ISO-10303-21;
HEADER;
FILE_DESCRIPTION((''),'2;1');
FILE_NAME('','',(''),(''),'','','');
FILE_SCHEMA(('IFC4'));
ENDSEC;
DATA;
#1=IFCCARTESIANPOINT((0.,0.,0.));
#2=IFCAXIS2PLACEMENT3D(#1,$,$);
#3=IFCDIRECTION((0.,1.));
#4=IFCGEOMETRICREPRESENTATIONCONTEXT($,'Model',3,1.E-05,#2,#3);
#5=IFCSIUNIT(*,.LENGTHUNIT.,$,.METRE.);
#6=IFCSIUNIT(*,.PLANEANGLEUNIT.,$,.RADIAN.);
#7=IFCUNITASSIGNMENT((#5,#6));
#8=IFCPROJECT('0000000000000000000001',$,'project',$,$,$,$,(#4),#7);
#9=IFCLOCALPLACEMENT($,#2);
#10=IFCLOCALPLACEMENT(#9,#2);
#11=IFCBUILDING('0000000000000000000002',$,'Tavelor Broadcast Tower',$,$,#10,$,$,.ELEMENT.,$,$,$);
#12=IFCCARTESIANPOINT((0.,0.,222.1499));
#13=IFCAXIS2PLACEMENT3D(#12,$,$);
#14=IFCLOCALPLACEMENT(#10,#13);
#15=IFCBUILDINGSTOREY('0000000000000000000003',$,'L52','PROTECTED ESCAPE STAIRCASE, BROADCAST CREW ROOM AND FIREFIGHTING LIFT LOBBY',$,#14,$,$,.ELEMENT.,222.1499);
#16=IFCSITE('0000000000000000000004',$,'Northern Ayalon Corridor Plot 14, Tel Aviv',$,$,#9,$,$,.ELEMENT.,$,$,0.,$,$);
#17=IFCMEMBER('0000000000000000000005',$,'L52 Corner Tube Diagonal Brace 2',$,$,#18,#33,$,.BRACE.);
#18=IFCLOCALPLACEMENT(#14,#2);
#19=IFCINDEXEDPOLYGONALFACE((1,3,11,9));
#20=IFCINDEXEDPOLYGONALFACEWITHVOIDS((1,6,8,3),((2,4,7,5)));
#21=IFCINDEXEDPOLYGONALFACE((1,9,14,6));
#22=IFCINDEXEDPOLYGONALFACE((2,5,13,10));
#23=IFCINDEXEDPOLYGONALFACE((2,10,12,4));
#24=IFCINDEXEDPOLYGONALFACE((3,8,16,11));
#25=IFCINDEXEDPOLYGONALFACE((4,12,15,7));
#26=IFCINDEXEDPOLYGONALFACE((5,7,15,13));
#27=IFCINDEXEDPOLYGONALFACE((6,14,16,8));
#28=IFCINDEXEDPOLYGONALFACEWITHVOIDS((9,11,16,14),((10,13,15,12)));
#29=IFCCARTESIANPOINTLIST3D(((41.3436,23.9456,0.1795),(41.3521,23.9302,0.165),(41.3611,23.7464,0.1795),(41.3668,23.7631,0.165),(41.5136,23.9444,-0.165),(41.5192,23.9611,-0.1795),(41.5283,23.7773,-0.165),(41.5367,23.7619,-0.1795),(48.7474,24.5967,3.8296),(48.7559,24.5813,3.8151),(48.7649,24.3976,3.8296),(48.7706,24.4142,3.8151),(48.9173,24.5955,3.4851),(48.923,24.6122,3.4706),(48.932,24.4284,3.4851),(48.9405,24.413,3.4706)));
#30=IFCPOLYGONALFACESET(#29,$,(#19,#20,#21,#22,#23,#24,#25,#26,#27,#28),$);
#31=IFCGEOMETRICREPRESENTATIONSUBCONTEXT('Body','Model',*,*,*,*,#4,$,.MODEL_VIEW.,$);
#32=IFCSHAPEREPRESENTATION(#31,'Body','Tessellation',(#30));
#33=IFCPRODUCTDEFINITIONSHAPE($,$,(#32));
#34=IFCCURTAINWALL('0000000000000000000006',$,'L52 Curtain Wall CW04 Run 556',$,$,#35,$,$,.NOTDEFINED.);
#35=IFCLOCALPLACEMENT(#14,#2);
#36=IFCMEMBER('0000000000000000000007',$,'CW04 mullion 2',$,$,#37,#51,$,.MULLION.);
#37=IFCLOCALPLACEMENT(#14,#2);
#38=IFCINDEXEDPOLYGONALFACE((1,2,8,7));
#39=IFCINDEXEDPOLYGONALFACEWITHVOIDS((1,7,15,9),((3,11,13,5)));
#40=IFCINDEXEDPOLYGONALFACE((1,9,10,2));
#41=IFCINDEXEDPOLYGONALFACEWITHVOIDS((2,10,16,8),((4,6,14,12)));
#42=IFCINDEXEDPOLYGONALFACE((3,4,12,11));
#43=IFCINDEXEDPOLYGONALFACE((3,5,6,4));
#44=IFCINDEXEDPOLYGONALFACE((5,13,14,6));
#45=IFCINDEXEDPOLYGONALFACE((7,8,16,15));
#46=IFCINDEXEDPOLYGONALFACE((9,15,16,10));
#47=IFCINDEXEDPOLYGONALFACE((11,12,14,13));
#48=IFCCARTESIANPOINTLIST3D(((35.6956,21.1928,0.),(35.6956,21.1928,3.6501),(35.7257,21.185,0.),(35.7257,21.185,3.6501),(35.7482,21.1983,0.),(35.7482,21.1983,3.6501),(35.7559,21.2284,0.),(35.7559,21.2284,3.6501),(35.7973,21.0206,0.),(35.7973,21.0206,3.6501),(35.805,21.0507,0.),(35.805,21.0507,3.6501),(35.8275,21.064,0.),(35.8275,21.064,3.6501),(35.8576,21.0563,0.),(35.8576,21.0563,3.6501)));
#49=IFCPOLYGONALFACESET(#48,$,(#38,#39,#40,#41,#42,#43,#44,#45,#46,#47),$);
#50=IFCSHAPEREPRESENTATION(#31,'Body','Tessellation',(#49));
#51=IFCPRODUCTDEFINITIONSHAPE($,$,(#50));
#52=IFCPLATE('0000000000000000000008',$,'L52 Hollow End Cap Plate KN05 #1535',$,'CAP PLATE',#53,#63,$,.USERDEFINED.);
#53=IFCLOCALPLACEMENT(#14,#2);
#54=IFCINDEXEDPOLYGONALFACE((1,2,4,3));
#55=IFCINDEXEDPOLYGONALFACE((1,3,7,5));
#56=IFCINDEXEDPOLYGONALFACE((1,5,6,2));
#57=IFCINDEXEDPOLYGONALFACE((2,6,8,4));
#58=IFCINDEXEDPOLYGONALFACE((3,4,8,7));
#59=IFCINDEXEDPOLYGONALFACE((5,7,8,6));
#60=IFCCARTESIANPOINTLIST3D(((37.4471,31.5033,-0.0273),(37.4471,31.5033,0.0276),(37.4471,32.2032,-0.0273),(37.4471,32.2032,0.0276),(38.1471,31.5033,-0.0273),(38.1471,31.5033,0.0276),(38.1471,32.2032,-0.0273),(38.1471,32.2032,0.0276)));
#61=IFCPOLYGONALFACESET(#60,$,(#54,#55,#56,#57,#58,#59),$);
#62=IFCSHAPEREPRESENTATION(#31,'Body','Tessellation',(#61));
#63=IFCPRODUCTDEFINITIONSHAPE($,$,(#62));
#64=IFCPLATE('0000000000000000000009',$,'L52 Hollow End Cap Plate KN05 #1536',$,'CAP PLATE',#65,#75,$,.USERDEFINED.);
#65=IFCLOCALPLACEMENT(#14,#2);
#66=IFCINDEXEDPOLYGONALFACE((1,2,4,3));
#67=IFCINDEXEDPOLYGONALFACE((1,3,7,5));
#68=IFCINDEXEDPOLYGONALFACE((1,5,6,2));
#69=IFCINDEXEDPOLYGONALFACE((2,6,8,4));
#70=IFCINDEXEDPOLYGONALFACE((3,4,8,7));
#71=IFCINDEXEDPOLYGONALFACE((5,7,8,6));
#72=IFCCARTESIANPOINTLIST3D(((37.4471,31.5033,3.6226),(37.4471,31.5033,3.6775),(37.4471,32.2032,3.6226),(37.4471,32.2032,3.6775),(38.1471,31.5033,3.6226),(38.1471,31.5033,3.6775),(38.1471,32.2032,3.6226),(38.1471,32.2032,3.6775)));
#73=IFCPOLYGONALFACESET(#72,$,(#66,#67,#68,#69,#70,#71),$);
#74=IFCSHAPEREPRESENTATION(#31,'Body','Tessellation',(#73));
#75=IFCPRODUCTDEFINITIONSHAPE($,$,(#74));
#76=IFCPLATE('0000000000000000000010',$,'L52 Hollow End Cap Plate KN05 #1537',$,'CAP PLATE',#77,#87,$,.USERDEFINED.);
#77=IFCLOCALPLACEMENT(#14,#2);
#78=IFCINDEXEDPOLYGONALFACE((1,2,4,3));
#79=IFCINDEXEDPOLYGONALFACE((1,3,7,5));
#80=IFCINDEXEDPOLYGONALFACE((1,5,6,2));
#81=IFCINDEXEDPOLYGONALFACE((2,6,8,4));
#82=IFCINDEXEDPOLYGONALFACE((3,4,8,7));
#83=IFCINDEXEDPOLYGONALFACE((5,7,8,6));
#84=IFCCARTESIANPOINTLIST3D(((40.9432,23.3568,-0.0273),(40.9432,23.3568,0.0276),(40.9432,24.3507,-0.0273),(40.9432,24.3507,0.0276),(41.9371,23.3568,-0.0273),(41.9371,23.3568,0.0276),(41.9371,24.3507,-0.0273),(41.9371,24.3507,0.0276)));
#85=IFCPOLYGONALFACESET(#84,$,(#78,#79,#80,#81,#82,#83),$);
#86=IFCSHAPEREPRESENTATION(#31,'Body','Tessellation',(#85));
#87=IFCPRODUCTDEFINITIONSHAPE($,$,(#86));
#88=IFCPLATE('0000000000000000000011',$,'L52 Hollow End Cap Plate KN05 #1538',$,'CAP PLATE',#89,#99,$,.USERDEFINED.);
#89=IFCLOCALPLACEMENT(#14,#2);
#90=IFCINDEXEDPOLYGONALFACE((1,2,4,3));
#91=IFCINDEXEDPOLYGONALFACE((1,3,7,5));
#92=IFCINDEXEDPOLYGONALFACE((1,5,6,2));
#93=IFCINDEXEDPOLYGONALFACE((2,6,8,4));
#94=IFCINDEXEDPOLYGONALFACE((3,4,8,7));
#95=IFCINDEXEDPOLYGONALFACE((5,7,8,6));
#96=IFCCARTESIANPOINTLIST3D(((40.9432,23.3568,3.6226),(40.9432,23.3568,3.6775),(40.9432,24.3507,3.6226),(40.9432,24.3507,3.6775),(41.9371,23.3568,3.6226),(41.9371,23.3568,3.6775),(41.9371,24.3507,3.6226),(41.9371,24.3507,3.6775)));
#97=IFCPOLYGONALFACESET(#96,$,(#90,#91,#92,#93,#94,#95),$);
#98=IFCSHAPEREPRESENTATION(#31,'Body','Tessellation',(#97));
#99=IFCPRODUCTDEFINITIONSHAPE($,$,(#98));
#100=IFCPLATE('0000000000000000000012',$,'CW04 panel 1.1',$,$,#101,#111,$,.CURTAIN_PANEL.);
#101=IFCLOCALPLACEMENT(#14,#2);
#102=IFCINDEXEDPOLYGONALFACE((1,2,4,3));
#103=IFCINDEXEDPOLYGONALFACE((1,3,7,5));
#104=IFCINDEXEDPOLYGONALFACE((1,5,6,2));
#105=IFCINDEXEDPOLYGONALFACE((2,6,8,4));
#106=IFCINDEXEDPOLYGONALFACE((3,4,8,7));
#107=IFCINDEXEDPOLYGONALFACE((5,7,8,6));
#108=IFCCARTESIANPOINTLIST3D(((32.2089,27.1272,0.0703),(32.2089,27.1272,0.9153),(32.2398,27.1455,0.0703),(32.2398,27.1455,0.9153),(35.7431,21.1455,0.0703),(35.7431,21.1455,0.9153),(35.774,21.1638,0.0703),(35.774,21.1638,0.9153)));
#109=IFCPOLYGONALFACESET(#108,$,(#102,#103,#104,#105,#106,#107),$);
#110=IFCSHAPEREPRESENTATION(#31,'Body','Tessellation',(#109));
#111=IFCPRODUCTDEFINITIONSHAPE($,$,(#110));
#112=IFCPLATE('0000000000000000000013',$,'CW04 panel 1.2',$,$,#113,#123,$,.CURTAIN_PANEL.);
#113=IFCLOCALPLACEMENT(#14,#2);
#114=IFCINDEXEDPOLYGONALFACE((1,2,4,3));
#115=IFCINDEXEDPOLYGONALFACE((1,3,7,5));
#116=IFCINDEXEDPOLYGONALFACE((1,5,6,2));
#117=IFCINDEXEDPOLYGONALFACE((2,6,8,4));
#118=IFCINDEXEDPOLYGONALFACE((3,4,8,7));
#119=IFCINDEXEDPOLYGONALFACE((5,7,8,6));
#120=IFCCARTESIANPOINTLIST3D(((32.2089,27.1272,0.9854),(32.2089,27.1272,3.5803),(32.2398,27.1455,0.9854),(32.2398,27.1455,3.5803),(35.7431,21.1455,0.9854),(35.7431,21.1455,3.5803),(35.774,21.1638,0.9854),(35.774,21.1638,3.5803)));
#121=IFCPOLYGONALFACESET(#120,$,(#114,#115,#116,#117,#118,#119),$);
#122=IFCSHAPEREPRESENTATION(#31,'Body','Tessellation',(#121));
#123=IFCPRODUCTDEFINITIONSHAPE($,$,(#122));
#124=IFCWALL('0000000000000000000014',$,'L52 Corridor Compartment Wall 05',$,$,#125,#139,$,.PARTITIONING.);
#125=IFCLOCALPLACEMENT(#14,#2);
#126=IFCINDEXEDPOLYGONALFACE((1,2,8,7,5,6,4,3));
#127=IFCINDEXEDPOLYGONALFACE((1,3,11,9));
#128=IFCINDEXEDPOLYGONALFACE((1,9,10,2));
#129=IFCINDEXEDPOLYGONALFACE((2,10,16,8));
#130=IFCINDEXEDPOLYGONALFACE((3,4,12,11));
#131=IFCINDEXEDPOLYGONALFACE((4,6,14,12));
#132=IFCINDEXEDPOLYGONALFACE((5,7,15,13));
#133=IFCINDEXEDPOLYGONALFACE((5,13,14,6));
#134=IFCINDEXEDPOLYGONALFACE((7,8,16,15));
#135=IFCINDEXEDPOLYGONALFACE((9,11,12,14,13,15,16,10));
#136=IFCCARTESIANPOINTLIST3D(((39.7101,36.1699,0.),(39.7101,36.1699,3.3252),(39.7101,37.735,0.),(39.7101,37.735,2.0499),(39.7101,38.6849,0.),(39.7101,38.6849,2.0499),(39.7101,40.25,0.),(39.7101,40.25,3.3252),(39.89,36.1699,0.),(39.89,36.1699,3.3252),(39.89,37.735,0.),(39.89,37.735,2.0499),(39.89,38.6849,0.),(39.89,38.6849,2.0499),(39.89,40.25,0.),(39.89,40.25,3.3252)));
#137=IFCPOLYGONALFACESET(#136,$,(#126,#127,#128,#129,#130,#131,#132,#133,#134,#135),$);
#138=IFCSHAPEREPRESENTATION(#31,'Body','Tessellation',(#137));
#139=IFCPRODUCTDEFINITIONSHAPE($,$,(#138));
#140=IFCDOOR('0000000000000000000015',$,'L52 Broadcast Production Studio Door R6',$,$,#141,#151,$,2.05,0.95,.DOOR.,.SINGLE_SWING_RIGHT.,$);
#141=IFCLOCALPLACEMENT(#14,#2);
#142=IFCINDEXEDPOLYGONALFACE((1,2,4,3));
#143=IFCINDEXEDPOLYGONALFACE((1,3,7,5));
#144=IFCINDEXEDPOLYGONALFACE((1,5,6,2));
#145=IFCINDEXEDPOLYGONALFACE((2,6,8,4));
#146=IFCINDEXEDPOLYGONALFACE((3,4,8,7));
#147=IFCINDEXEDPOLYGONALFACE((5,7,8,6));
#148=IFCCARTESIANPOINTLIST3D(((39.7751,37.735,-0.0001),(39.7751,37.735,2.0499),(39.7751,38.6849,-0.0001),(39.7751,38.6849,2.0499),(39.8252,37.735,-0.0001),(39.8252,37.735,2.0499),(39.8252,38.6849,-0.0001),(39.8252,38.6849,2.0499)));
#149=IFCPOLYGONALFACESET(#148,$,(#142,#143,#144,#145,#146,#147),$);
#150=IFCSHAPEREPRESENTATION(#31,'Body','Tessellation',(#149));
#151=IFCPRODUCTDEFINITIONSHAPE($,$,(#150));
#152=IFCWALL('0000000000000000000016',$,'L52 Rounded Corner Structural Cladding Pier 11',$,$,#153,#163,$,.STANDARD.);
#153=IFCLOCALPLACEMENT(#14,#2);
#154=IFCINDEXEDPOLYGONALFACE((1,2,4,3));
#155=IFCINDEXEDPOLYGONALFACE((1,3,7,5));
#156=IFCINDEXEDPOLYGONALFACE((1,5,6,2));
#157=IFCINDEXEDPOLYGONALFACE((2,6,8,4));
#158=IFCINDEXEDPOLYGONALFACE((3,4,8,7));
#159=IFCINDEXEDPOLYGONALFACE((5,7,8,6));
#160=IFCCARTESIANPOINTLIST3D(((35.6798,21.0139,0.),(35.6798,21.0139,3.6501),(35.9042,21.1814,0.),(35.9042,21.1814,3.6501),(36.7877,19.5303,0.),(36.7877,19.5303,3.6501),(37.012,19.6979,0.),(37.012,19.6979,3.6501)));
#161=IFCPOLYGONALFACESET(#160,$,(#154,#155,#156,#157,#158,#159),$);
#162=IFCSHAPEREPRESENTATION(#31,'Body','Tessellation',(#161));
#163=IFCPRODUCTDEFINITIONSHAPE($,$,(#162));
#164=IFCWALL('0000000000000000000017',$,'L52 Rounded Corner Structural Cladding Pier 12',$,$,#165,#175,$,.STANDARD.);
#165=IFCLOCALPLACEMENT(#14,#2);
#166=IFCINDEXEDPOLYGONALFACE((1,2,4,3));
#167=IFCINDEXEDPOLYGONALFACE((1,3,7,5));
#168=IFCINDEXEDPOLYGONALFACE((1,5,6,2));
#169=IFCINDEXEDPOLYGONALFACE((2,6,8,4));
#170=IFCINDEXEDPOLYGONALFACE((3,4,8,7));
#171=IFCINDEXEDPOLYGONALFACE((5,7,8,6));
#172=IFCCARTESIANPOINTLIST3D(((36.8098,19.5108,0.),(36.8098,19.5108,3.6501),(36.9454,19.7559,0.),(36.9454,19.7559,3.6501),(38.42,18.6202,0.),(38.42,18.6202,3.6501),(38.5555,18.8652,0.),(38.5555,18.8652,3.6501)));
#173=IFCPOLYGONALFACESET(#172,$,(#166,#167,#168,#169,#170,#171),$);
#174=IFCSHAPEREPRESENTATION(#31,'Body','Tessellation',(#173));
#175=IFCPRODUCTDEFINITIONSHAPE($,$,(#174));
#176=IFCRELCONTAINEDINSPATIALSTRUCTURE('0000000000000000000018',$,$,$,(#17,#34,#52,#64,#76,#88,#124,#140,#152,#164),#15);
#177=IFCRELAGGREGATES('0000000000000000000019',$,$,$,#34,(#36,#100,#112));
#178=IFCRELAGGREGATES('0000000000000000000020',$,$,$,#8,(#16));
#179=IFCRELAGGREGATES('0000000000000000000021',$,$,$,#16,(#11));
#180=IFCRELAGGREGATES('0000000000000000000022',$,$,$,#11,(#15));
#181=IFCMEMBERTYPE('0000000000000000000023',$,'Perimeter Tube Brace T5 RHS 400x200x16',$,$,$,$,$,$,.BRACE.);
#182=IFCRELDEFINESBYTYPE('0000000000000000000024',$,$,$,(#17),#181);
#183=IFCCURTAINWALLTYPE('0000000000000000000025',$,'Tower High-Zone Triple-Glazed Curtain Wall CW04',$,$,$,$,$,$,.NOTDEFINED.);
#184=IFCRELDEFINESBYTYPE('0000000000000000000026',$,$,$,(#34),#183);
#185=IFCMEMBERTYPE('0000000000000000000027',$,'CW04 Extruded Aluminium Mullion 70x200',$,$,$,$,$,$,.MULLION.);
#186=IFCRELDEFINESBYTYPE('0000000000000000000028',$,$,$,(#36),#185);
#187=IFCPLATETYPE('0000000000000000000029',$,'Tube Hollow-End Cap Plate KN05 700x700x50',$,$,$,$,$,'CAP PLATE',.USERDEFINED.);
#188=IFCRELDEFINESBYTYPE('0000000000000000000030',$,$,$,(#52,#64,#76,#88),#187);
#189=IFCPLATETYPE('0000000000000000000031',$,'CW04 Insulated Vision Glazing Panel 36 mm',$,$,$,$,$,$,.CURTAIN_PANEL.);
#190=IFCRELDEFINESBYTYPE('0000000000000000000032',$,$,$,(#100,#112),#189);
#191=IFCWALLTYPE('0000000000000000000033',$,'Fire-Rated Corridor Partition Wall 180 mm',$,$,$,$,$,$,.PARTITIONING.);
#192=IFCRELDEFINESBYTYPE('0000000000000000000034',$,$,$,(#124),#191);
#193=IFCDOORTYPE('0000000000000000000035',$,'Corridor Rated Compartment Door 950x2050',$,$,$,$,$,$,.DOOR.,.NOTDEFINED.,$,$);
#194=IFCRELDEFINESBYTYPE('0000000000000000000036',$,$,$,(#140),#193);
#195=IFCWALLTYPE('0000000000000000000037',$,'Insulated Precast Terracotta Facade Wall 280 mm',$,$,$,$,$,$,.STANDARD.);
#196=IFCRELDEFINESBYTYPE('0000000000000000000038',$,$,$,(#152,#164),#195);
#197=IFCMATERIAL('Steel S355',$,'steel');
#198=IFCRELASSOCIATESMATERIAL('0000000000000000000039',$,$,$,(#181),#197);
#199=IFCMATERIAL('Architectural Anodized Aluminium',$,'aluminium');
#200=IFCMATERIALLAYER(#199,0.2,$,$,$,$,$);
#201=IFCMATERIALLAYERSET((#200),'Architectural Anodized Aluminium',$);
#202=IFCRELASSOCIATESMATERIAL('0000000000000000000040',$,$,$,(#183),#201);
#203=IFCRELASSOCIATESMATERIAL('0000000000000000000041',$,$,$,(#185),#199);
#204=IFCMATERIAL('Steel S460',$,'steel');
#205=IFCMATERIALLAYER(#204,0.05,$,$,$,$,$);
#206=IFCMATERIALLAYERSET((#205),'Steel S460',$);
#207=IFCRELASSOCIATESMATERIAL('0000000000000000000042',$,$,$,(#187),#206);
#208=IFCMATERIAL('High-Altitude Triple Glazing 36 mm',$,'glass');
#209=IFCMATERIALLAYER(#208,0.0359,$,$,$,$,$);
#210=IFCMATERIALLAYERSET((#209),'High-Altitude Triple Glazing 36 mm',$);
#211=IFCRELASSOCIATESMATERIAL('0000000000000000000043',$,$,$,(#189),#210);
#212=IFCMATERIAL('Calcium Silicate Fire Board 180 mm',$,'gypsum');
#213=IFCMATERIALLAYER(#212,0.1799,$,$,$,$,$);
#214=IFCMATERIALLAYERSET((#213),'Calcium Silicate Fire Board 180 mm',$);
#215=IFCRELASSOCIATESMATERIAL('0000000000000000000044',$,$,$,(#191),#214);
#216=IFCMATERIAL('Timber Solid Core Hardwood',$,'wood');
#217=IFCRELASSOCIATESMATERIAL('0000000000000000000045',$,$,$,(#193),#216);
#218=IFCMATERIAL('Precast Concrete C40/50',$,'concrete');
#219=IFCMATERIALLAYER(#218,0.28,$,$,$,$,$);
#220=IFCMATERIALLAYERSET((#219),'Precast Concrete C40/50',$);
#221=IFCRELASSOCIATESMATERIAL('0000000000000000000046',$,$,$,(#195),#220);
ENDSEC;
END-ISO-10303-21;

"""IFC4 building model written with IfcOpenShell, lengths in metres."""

from ifc_helpers import new_model, si_unit, direction, frame, frame_2d, origin, origin_2d, place, context, subcontext, project, spatial, rectangle, hollow_rectangle, extrude, source, transform, mapped, material, layer, layer_set, material_profile, profile_set, type_object, type_shapes, element, fill, aggregate, save


model = new_model("IFC4")

# Units and contexts
model_context = context("Model", 3, precision=1e-05, world=origin(), true_north=direction((0.0, 1.0)))
body_context = subcontext(model_context, "Body", "Model", "MODEL_VIEW")
ifc_project = project(units=[si_unit("LENGTHUNIT", "METRE"), si_unit("PLANEANGLEUNIT", "RADIAN")], contexts=[model_context])

# Site, building, storey
site_placement = place(None, origin())
site = spatial("IfcSite", under=ifc_project, at=site_placement, Name="Northern Ayalon Corridor Plot 14, Tel Aviv", CompositionType="ELEMENT", RefElevation=0.0)
building_placement = place(site_placement, origin())
building = spatial("IfcBuilding", under=site, at=building_placement, Name="Tavelor Broadcast Tower", CompositionType="ELEMENT")
storey_placement = place(building_placement, frame((0.0, 0.0, 222.1499)))
storey = spatial("IfcBuildingStorey", under=building, at=storey_placement, Name="L52", Description="PROTECTED ESCAPE STAIRCASE, BROADCAST CREW ROOM AND FIREFIGHTING LIFT LOBBY", CompositionType="ELEMENT", Elevation=222.1499)

# Shared definitions
ifc_material_1 = material(Name="Steel S460", Category="steel")

# Shared definitions
ifc_material_2 = material(Name="Steel S355", Category="steel")

# Member
ifc_material_profile_1 = material_profile(ifc_material_2, hollow_rectangle(XDim=0.2, YDim=0.3999, WallThickness=0.0161, at=origin_2d()), Name="RHS 400x200x16")
ifc_profile_set_1 = profile_set([ifc_material_profile_1], Name="Steel S355")
member_type_1 = type_object("IfcMemberType", Name="Perimeter Tube Brace T5 RHS 400x200x16", PredefinedType="BRACE", material=ifc_profile_set_1)
member_1_placement = place(storey_placement, frame((41.4402, 23.8538, 0.0), z_axis=(0.894144, 0.078635, 0.440821), x_axis=(-0.087606, 0.996155, 0.0)))
element("IfcMember", 1, at=member_1_placement, inside=storey, type_object=member_type_1, Name="L52 Corner Tube Diagonal Brace 2", PredefinedType="BRACE", context=body_context, shape_type="SweptSolid", body=[
    extrude(hollow_rectangle(XDim=0.2, YDim=0.3999, WallThickness=0.0161, at=origin_2d()), origin(), (0.0, 0.0, 1.0), 8.2803),
])

# Curtain wall, member
ifc_material_3 = material(Name="Architectural Anodized Aluminium", Category="aluminium")
ifc_layer_1 = layer(ifc_material_3, 0.2)
ifc_layer_set_1 = layer_set([ifc_layer_1], Name="Architectural Anodized Aluminium")
curtain_wall_type = type_object("IfcCurtainWallType", Name="Tower High-Zone Triple-Glazed Curtain Wall CW04", PredefinedType="NOTDEFINED", material=ifc_layer_set_1)
curtain_wall_placement = place(storey_placement, origin())
curtain_wall = element("IfcCurtainWall", 2, at=curtain_wall_placement, inside=storey, type_object=curtain_wall_type, Name="L52 Curtain Wall CW04 Run 556", PredefinedType="NOTDEFINED")
ifc_material_profile_2 = material_profile(ifc_material_3, hollow_rectangle(XDim=0.0701, YDim=0.2, WallThickness=0.022, at=origin_2d()), Name="RHS 70x200x22")
ifc_profile_set_2 = profile_set([ifc_material_profile_2], Name="Architectural Anodized Aluminium")
member_type_2 = type_object("IfcMemberType", Name="CW04 Extruded Aluminium Mullion 70x200", PredefinedType="MULLION", material=ifc_profile_set_2)
shared_shape_1 = source(origin(), body_context, "Body", "SweptSolid", [
    extrude(hollow_rectangle(XDim=0.0701, YDim=0.2, WallThickness=0.022, at=origin_2d()), origin(), (0.0, 0.0, 1.0), 3.6501),
])
type_shapes(member_type_2, [shared_shape_1])
member_2_placement = place(storey_placement, frame((35.7766, 21.1245, 0.0), z_axis=(0.0, 0.0, 1.0), x_axis=(0.860952, 0.508687, 0.0)))
member_2 = element("IfcMember", 3, at=member_2_placement, type_object=member_type_2, Name="CW04 mullion 2", PredefinedType="MULLION", context=body_context, shape_type="MappedRepresentation", body=[
    mapped(shared_shape_1, transform((0.0, 0.0, 0.0), scale=1.0)),
])

# Plates
ifc_layer_2 = layer(ifc_material_1, 0.05)
ifc_layer_set_2 = layer_set([ifc_layer_2], Name="Steel S460")
plate_type_1 = type_object("IfcPlateType", Name="Tube Hollow-End Cap Plate KN05 700x700x50", ElementType="CAP PLATE", PredefinedType="USERDEFINED", material=ifc_layer_set_2)
shared_shape_2 = source(origin(), body_context, "Body", "SweptSolid", [
    extrude(rectangle(XDim=0.7, YDim=0.7, at=origin_2d()), origin(), (0.0, 0.0, 1.0), 0.0549),
])
for number, where, z_axis, x_axis, name in (
    (4, (37.7971, 31.8533, -0.0273), (0.0, 0.0, 1.0), (1.0, 0.0, 0.0), "L52 Hollow End Cap Plate KN05 #1535"),
    (5, (37.7971, 31.8533, 3.6226), (0.0, 0.0, 1.0), (1.0, 0.0, 0.0), "L52 Hollow End Cap Plate KN05 #1536"),
):
    element("IfcPlate", number, at=place(storey_placement, frame(where, z_axis=z_axis, x_axis=x_axis)), inside=storey, type_object=plate_type_1, Name=name, ObjectType="CAP PLATE", PredefinedType="USERDEFINED", context=body_context, shape_type="MappedRepresentation", body=[
        mapped(shared_shape_2, transform((0.0, 0.0, 0.0), scale=1.0)),
    ])
shared_shape_3 = source(origin(), body_context, "Body", "SweptSolid", [
    extrude(rectangle(XDim=0.9939, YDim=0.9939, at=origin_2d()), origin(), (0.0, 0.0, 1.0), 0.0549),
])
type_shapes(plate_type_1, [shared_shape_2, shared_shape_3])
for number, where, z_axis, x_axis, name in (
    (6, (41.4402, 23.8538, -0.0273), (0.0, 0.0, 1.0), (1.0, 0.0, 0.0), "L52 Hollow End Cap Plate KN05 #1537"),
    (7, (41.4402, 23.8538, 3.6226), (0.0, 0.0, 1.0), (1.0, 0.0, 0.0), "L52 Hollow End Cap Plate KN05 #1538"),
):
    element("IfcPlate", number, at=place(storey_placement, frame(where, z_axis=z_axis, x_axis=x_axis)), inside=storey, type_object=plate_type_1, Name=name, ObjectType="CAP PLATE", PredefinedType="USERDEFINED", context=body_context, shape_type="MappedRepresentation", body=[
        mapped(shared_shape_3, transform((0.0, 0.0, 0.0), scale=1.0)),
    ])

# Plates
ifc_material_4 = material(Name="High-Altitude Triple Glazing 36 mm", Category="glass")
ifc_layer_3 = layer(ifc_material_4, 0.0359)
ifc_layer_set_3 = layer_set([ifc_layer_3], Name="High-Altitude Triple Glazing 36 mm")
plate_type_2 = type_object("IfcPlateType", Name="CW04 Insulated Vision Glazing Panel 36 mm", PredefinedType="CURTAIN_PANEL", material=ifc_layer_set_3)
shared_shape_4 = source(origin(), body_context, "Body", "SweptSolid", [
    extrude(rectangle(XDim=6.9478, YDim=0.0359, at=origin_2d()), origin(), (0.0, 0.0, 1.0), 0.845),
])
plate_1_placement = place(storey_placement, frame((33.9915, 24.1455, 0.0703), z_axis=(0.0, 0.0, 1.0), x_axis=(0.508687, -0.860952, 0.0)))
plate_1 = element("IfcPlate", 8, at=plate_1_placement, type_object=plate_type_2, Name="CW04 panel 1.1", PredefinedType="CURTAIN_PANEL", context=body_context, shape_type="MappedRepresentation", body=[
    mapped(shared_shape_4, transform((0.0, 0.0, 0.0), scale=1.0)),
])
shared_shape_5 = source(origin(), body_context, "Body", "SweptSolid", [
    extrude(rectangle(XDim=6.9478, YDim=0.0359, at=origin_2d()), origin(), (0.0, 0.0, 1.0), 2.595),
])
type_shapes(plate_type_2, [shared_shape_4, shared_shape_5])
plate_2_placement = place(storey_placement, frame((33.9915, 24.1455, 0.9854), z_axis=(0.0, 0.0, 1.0), x_axis=(0.508687, -0.860952, 0.0)))
plate_2 = element("IfcPlate", 9, at=plate_2_placement, type_object=plate_type_2, Name="CW04 panel 1.2", PredefinedType="CURTAIN_PANEL", context=body_context, shape_type="MappedRepresentation", body=[
    mapped(shared_shape_5, transform((0.0, 0.0, 0.0), scale=1.0)),
])
aggregate(curtain_wall, [member_2, plate_1, plate_2])

# Wall, opening, door
ifc_material_5 = material(Name="Calcium Silicate Fire Board 180 mm", Category="gypsum")
ifc_layer_4 = layer(ifc_material_5, 0.1799)
ifc_layer_set_4 = layer_set([ifc_layer_4], Name="Calcium Silicate Fire Board 180 mm")
wall_type_1 = type_object("IfcWallType", Name="Fire-Rated Corridor Partition Wall 180 mm", PredefinedType="PARTITIONING", material=ifc_layer_set_4)
wall_1_placement = place(storey_placement, frame((39.8, 36.1699, 0.0), z_axis=(0.0, 0.0, 1.0), x_axis=(0.0, 1.0, 0.0)))
wall_1 = element("IfcWall", 10, at=wall_1_placement, inside=storey, type_object=wall_type_1, Name="L52 Corridor Compartment Wall 05", PredefinedType="PARTITIONING", context=body_context, shape_type="SweptSolid", body=[
    extrude(rectangle(XDim=4.0801, YDim=0.1799, at=frame_2d((2.04, 0.0))), origin(), (0.0, 0.0, 1.0), 3.3252),
])
opening_1_placement = place(wall_1_placement, frame((1.5649, 0.0, 0.0)))
opening_1 = element("IfcOpeningElement", 11, at=opening_1_placement, cuts=wall_1, PredefinedType="OPENING", context=body_context, shape_type="SweptSolid", body=[
    extrude(rectangle(XDim=0.95, YDim=2.05, at=frame_2d((0.4751, 1.0249))), frame((0.0, 0.1001, 0.0), z_axis=(0.0, -1.0, 0.0), x_axis=(1.0, 0.0, 0.0)), (0.0, 0.0, 1.0), 0.2),
])
ifc_material_6 = material(Name="Timber Solid Core Hardwood", Category="wood")
door_type = type_object("IfcDoorType", Name="Corridor Rated Compartment Door 950x2050", OperationType="NOTDEFINED", PredefinedType="DOOR", material=ifc_material_6)
door_1_placement = place(opening_1_placement, origin())
door_1 = element("IfcDoor", 12, at=door_1_placement, inside=storey, type_object=door_type, Name="L52 Broadcast Production Studio Door R6", OperationType="SINGLE_SWING_RIGHT", OverallHeight=2.05, OverallWidth=0.95, PredefinedType="DOOR", context=body_context, shape_type="SweptSolid", body=[
    extrude(rectangle(XDim=0.95, YDim=2.05, at=frame_2d((0.4751, 1.0249))), frame((0.0, 0.0249, 0.0), z_axis=(0.0, -1.0, 0.0), x_axis=(1.0, 0.0, 0.0)), (0.0, 0.0, 1.0), 0.05),
])
fill(opening_1, door_1)

# Walls
ifc_material_7 = material(Name="Precast Concrete C40/50", Category="concrete")
ifc_layer_5 = layer(ifc_material_7, 0.28)
ifc_layer_set_5 = layer_set([ifc_layer_5], Name="Precast Concrete C40/50")
wall_type_2 = type_object("IfcWallType", Name="Insulated Precast Terracotta Facade Wall 280 mm", PredefinedType="STANDARD", material=ifc_layer_set_5)
wall_2_placement = place(storey_placement, frame((35.792, 21.0977, 0.0), z_axis=(0.0, 0.0, 1.0), x_axis=(0.598332, -0.801248, 0.0)))
element("IfcWall", 13, at=wall_2_placement, inside=storey, type_object=wall_type_2, Name="L52 Rounded Corner Structural Cladding Pier 11", PredefinedType="STANDARD", context=body_context, shape_type="SweptSolid", body=[
    extrude(rectangle(XDim=1.8516, YDim=0.28, at=frame_2d((0.9258, 0.0))), origin(), (0.0, 0.0, 1.0), 3.6501),
])
for number, where, z_axis, x_axis, name in (
    (14, (36.8777, 19.6333, 0.0), (0.0, 0.0, 1.0), (0.875051, -0.484031, 0.0), "L52 Rounded Corner Structural Cladding Pier 12"),
):
    element("IfcWall", number, at=place(storey_placement, frame(where, z_axis=z_axis, x_axis=x_axis)), inside=storey, type_object=wall_type_2, Name=name, PredefinedType="STANDARD", context=body_context, shape_type="SweptSolid", body=[
        extrude(rectangle(XDim=1.8401, YDim=0.28, at=frame_2d((0.9199, 0.0))), origin(), (0.0, 0.0, 1.0), 3.6501),
    ])

save(model, "model.ifc")
